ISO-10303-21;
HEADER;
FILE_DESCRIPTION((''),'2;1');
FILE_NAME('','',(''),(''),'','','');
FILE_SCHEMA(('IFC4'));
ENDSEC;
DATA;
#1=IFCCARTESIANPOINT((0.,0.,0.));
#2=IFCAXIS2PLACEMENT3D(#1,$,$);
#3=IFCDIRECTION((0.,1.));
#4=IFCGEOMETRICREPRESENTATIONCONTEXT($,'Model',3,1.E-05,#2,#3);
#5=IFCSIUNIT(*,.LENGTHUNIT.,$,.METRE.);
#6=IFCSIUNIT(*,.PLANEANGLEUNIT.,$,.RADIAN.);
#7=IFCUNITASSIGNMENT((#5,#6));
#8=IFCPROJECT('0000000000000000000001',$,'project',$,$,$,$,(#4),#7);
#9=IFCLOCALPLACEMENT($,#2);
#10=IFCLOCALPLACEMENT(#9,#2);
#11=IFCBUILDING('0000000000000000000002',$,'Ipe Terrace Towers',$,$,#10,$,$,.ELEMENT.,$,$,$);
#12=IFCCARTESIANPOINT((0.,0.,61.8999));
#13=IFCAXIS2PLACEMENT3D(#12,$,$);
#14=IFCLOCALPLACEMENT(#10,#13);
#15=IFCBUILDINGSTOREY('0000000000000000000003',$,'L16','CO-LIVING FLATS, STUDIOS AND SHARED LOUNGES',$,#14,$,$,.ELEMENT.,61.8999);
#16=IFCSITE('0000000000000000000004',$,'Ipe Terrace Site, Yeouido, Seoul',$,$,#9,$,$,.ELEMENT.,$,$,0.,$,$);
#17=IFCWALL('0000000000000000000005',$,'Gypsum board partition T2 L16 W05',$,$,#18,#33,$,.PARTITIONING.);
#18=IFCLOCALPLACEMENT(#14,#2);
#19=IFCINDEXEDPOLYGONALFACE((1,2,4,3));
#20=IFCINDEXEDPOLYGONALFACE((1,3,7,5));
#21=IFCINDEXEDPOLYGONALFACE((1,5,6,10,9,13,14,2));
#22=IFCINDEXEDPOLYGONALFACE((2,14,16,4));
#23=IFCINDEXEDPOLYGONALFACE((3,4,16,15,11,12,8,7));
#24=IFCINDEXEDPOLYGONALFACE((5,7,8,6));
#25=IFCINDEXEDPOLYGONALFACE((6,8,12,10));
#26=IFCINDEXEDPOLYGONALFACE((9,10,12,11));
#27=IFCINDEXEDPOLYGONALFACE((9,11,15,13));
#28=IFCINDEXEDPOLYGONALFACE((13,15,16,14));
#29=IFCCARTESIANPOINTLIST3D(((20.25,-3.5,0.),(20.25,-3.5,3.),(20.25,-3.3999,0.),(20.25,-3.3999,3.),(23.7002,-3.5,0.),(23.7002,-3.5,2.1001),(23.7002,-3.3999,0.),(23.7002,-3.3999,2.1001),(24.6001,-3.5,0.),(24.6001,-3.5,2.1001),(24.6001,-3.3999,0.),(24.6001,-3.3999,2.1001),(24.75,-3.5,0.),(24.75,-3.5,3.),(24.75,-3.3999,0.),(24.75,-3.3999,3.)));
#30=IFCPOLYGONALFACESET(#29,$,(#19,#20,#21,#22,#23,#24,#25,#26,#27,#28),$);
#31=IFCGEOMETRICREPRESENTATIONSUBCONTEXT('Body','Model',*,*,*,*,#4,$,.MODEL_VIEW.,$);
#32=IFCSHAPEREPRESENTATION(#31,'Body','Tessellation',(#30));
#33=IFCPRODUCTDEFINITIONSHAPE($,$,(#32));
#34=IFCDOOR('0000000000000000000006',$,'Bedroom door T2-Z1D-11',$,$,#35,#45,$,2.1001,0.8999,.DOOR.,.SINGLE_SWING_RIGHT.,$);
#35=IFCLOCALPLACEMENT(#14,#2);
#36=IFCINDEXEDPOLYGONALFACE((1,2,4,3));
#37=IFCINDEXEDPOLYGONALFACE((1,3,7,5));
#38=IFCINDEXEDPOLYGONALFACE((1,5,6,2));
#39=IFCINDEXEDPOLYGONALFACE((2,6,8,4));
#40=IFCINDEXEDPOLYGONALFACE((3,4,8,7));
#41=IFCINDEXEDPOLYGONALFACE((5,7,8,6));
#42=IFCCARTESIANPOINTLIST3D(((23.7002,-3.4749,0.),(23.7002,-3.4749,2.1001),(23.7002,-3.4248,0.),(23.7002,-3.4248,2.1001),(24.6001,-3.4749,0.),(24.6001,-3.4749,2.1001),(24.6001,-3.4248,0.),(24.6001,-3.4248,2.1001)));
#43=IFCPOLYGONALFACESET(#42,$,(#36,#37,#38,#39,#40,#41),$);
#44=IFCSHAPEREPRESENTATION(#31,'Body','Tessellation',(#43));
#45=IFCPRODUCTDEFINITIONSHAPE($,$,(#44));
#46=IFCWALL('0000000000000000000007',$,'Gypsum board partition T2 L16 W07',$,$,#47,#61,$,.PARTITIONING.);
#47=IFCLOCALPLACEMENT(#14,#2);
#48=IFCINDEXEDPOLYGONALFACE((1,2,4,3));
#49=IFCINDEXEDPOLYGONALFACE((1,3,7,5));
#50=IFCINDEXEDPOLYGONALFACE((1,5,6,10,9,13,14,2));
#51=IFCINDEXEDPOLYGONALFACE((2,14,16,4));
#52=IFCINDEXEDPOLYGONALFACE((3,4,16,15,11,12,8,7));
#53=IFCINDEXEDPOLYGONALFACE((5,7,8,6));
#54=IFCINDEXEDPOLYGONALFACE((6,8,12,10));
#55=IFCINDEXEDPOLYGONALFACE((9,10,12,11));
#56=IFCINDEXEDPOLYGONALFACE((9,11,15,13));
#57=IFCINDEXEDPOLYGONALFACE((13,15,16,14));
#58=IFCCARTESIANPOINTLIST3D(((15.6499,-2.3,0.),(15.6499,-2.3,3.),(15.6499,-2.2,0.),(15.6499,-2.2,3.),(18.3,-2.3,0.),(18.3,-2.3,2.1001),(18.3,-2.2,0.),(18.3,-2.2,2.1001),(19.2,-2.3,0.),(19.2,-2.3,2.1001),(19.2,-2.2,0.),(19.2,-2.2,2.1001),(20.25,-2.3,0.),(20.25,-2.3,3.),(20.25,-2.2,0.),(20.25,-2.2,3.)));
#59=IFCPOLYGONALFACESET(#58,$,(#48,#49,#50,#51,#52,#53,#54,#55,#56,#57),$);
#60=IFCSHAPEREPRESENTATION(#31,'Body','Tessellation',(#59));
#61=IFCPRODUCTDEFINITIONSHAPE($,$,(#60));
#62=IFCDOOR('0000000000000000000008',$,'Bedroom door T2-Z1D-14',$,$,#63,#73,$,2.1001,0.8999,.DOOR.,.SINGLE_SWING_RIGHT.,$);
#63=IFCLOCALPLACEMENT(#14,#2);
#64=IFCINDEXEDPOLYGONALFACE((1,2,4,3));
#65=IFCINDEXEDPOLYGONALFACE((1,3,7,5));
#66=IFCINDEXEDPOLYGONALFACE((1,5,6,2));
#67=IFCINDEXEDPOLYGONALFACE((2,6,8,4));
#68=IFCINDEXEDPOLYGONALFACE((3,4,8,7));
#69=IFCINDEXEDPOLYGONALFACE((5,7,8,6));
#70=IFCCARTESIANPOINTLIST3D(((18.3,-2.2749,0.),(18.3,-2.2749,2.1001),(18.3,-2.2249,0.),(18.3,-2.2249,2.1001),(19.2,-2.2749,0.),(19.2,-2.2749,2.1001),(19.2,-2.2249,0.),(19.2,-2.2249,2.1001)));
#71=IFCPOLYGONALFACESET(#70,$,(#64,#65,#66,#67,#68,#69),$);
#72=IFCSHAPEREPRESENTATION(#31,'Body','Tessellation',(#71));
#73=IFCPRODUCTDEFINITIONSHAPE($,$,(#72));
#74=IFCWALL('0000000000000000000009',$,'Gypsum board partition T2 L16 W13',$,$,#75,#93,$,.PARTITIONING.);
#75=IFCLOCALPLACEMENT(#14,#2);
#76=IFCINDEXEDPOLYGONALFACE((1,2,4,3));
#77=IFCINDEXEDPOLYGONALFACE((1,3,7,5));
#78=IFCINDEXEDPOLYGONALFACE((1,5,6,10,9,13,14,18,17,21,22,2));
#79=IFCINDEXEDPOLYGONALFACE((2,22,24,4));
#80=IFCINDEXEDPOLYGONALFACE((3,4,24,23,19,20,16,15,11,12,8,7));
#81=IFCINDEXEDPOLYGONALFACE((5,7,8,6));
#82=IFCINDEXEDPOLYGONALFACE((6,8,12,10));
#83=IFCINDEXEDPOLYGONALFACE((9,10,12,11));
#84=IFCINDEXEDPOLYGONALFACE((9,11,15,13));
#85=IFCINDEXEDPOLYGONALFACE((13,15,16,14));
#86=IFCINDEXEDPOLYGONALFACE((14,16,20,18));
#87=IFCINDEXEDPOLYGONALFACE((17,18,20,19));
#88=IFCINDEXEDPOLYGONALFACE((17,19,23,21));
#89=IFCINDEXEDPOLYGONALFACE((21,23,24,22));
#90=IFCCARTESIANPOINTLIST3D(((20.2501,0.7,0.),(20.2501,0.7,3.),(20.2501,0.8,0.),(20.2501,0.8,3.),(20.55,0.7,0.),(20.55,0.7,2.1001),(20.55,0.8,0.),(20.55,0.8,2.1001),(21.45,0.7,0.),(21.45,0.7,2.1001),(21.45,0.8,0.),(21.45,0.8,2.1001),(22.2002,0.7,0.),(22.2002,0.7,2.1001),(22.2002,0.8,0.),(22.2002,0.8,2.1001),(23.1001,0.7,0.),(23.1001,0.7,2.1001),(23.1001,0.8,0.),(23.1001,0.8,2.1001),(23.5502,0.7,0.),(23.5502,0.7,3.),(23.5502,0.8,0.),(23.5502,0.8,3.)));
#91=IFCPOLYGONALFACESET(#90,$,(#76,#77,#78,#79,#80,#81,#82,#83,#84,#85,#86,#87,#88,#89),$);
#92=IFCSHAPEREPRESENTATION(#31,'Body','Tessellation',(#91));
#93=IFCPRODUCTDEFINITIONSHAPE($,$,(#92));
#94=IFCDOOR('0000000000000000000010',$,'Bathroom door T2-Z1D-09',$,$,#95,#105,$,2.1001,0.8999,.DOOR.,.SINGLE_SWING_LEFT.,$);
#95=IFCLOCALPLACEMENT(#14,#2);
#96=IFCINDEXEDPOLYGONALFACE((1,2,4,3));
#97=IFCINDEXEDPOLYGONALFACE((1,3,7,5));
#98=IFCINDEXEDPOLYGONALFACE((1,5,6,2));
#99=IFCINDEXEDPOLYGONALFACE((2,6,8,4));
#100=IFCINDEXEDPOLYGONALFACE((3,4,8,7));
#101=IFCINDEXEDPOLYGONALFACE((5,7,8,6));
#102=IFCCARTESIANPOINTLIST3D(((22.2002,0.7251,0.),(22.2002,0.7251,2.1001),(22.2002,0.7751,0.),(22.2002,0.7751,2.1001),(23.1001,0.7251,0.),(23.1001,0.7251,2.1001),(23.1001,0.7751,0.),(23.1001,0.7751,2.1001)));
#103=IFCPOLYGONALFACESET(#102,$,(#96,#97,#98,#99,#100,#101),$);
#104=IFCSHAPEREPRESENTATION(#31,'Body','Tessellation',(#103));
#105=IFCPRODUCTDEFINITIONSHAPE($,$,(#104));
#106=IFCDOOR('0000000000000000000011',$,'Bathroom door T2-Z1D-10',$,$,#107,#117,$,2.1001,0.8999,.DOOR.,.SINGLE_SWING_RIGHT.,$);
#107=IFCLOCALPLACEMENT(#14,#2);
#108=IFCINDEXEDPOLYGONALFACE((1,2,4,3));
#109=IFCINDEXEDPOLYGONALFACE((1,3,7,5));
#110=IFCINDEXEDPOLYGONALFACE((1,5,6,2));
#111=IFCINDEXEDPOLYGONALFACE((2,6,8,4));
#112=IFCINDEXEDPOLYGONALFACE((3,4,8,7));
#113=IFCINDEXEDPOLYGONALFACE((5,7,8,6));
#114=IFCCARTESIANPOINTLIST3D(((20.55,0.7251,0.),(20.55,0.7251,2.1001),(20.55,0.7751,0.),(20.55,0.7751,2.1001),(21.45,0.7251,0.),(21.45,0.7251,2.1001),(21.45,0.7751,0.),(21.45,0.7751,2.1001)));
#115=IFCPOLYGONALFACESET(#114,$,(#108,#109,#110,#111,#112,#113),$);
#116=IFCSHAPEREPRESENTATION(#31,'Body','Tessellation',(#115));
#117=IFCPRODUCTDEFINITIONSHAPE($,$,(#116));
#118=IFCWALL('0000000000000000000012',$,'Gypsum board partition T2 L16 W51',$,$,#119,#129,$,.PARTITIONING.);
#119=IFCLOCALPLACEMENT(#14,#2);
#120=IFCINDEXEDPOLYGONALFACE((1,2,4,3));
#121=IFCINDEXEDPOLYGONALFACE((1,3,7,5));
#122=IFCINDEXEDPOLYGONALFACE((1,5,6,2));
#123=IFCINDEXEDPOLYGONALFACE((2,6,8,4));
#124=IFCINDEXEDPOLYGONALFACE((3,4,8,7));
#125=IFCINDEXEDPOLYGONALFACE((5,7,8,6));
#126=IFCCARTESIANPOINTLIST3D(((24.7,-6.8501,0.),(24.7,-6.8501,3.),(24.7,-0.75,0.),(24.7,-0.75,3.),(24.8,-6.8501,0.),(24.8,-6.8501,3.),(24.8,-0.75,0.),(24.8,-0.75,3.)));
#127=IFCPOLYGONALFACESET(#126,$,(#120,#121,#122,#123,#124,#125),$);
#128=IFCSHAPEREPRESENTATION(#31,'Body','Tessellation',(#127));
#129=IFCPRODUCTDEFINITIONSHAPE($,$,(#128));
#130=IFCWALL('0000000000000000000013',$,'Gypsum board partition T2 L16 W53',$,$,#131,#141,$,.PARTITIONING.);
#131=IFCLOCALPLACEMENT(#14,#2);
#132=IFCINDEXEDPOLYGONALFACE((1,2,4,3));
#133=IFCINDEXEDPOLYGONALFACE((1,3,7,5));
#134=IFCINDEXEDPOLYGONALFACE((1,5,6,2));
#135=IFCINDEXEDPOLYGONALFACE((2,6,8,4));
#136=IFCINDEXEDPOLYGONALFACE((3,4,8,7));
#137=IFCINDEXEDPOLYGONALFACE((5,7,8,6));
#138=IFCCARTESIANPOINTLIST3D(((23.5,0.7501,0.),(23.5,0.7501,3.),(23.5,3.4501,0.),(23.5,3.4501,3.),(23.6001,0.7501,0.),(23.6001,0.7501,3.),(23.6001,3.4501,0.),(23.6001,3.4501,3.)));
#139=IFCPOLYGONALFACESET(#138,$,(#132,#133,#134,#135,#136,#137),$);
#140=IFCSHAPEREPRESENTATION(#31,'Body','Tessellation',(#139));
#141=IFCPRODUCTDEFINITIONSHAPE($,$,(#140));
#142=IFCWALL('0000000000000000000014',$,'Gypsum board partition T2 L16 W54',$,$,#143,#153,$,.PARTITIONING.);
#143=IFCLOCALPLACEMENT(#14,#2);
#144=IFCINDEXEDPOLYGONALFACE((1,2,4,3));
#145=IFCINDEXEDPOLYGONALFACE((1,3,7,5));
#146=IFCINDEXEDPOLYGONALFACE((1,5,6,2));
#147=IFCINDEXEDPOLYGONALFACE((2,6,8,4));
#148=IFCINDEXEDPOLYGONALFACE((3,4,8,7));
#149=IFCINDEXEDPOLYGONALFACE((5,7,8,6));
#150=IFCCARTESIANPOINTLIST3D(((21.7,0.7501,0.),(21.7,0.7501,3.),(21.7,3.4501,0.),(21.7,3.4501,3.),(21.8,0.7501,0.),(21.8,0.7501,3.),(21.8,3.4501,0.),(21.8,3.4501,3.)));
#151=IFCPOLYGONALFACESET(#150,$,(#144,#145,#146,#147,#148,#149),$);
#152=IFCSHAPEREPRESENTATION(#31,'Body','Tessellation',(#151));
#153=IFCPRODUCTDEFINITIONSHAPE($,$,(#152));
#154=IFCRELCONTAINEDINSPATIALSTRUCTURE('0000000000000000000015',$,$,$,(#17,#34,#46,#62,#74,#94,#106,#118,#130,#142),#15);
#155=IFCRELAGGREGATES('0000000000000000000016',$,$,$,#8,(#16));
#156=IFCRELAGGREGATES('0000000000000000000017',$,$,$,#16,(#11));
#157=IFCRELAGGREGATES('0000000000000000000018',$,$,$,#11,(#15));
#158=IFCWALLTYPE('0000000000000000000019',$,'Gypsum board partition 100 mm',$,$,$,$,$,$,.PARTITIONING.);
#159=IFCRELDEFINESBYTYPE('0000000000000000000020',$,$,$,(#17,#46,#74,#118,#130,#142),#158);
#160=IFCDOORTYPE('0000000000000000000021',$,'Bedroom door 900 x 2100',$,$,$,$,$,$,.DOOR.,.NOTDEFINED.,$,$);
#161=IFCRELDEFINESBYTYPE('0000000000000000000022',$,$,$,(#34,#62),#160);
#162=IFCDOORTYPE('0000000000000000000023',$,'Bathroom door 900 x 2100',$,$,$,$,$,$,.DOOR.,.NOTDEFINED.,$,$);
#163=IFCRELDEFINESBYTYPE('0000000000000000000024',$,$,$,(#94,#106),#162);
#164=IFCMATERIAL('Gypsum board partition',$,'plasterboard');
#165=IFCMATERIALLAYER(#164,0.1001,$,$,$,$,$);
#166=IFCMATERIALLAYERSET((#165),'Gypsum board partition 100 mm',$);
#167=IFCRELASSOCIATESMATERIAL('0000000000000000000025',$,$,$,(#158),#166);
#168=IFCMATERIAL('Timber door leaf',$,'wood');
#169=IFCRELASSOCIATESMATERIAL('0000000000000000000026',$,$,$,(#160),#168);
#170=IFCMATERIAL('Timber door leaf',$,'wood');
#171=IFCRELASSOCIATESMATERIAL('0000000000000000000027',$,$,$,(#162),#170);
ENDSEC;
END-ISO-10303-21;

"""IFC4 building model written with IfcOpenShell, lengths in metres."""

from ifc_helpers import new_model, si_unit, direction, frame, frame_2d, origin, place, context, subcontext, project, spatial, rectangle, extrude, material, layer, layer_set, type_object, element, fill, save


model = new_model("IFC4")

# Units and contexts
model_context = context("Model", 3, precision=1e-05, world=origin(), true_north=direction((0.0, 1.0)))
body_context = subcontext(model_context, "Body", "Model", "MODEL_VIEW")
ifc_project = project(units=[si_unit("LENGTHUNIT", "METRE"), si_unit("PLANEANGLEUNIT", "RADIAN")], contexts=[model_context])

# Site, building, storey
site_placement = place(None, origin())
site = spatial("IfcSite", under=ifc_project, at=site_placement, Name="Ipe Terrace Site, Yeouido, Seoul", CompositionType="ELEMENT", RefElevation=0.0)
building_placement = place(site_placement, origin())
building = spatial("IfcBuilding", under=site, at=building_placement, Name="Ipe Terrace Towers", CompositionType="ELEMENT")
storey_placement = place(building_placement, frame((0.0, 0.0, 61.8999)))
storey = spatial("IfcBuildingStorey", under=building, at=storey_placement, Name="L16", Description="CO-LIVING FLATS, STUDIOS AND SHARED LOUNGES", CompositionType="ELEMENT", Elevation=61.8999)

# Walls, openings, doors
ifc_material_1 = material(Name="Gypsum board partition", Category="plasterboard")
ifc_layer_1 = layer(ifc_material_1, 0.1001)
ifc_layer_set_1 = layer_set([ifc_layer_1], Name="Gypsum board partition 100 mm")
wall_type_1 = type_object("IfcWallType", Name="Gypsum board partition 100 mm", PredefinedType="PARTITIONING", material=ifc_layer_set_1)
wall_1_placement = place(storey_placement, frame((24.75, -3.45, 0.0), z_axis=(0.0, 0.0, 1.0), x_axis=(-1.0, 0.0, 0.0)))
wall_1 = element("IfcWall", 1, at=wall_1_placement, inside=storey, type_object=wall_type_1, Name="Gypsum board partition T2 L16 W05", PredefinedType="PARTITIONING", context=body_context, shape_type="SweptSolid", body=[
    extrude(rectangle(XDim=4.5, YDim=0.1001, at=frame_2d((2.25, 0.0))), origin(), (0.0, 0.0, 1.0), 3.0),
])
opening_1_placement = place(wall_1_placement, frame((0.1499, 0.0, 0.0)))
opening_1 = element("IfcOpeningElement", 2, at=opening_1_placement, cuts=wall_1, PredefinedType="OPENING", context=body_context, shape_type="SweptSolid", body=[
    extrude(rectangle(XDim=0.8999, YDim=2.1001, at=frame_2d((0.45, 1.05))), frame((0.0, 0.0601, 0.0), z_axis=(0.0, -1.0, 0.0), x_axis=(1.0, 0.0, 0.0)), (0.0, 0.0, 1.0), 0.1201),
])
ifc_material_2 = material(Name="Timber door leaf", Category="wood")
door_type_1 = type_object("IfcDoorType", Name="Bedroom door 900 x 2100", OperationType="NOTDEFINED", PredefinedType="DOOR", material=ifc_material_2)
door_1_placement = place(opening_1_placement, origin())
door_1 = element("IfcDoor", 3, at=door_1_placement, inside=storey, type_object=door_type_1, Name="Bedroom door T2-Z1D-11", OperationType="SINGLE_SWING_RIGHT", OverallHeight=2.1001, OverallWidth=0.8999, PredefinedType="DOOR", context=body_context, shape_type="SweptSolid", body=[
    extrude(rectangle(XDim=0.8999, YDim=2.1001, at=frame_2d((0.45, 1.05))), frame((0.0, 0.0249, 0.0), z_axis=(0.0, -1.0, 0.0), x_axis=(1.0, 0.0, 0.0)), (0.0, 0.0, 1.0), 0.05),
])
fill(opening_1, door_1)
wall_2_placement = place(storey_placement, frame((20.25, -2.25, 0.0), z_axis=(0.0, 0.0, 1.0), x_axis=(-1.0, 0.0, 0.0)))
wall_2 = element("IfcWall", 4, at=wall_2_placement, inside=storey, type_object=wall_type_1, Name="Gypsum board partition T2 L16 W07", PredefinedType="PARTITIONING", context=body_context, shape_type="SweptSolid", body=[
    extrude(rectangle(XDim=4.6001, YDim=0.1001, at=frame_2d((2.3, 0.0))), origin(), (0.0, 0.0, 1.0), 3.0),
])
opening_2_placement = place(wall_2_placement, frame((1.05, 0.0, 0.0)))
opening_2 = element("IfcOpeningElement", 5, at=opening_2_placement, cuts=wall_2, PredefinedType="OPENING", context=body_context, shape_type="SweptSolid", body=[
    extrude(rectangle(XDim=0.8999, YDim=2.1001, at=frame_2d((0.45, 1.05))), frame((0.0, 0.0601, 0.0), z_axis=(0.0, -1.0, 0.0), x_axis=(1.0, 0.0, 0.0)), (0.0, 0.0, 1.0), 0.1201),
])
door_2_placement = place(opening_2_placement, origin())
door_2 = element("IfcDoor", 6, at=door_2_placement, inside=storey, type_object=door_type_1, Name="Bedroom door T2-Z1D-14", OperationType="SINGLE_SWING_RIGHT", OverallHeight=2.1001, OverallWidth=0.8999, PredefinedType="DOOR", context=body_context, shape_type="SweptSolid", body=[
    extrude(rectangle(XDim=0.8999, YDim=2.1001, at=frame_2d((0.45, 1.05))), frame((0.0, 0.0249, 0.0), z_axis=(0.0, -1.0, 0.0), x_axis=(1.0, 0.0, 0.0)), (0.0, 0.0, 1.0), 0.05),
])
fill(opening_2, door_2)

# Wall, openings, doors
wall_3_placement = place(storey_placement, frame((23.55, 0.75, 0.0), z_axis=(0.0, 0.0, 1.0), x_axis=(-1.0, 0.0, 0.0)))
wall_3 = element("IfcWall", 7, at=wall_3_placement, inside=storey, type_object=wall_type_1, Name="Gypsum board partition T2 L16 W13", PredefinedType="PARTITIONING", context=body_context, shape_type="SweptSolid", body=[
    extrude(rectangle(XDim=3.3, YDim=0.1001, at=frame_2d((1.6499, 0.0))), origin(), (0.0, 0.0, 1.0), 3.0),
])
opening_3_placement = place(wall_3_placement, frame((0.45, 0.0, 0.0)))
opening_3 = element("IfcOpeningElement", 8, at=opening_3_placement, cuts=wall_3, PredefinedType="OPENING", context=body_context, shape_type="SweptSolid", body=[
    extrude(rectangle(XDim=0.8999, YDim=2.1001, at=frame_2d((0.45, 1.05))), frame((0.0, 0.0601, 0.0), z_axis=(0.0, -1.0, 0.0), x_axis=(1.0, 0.0, 0.0)), (0.0, 0.0, 1.0), 0.1201),
])
opening_4_placement = place(wall_3_placement, frame((2.1001, 0.0, 0.0)))
opening_4 = element("IfcOpeningElement", 9, at=opening_4_placement, cuts=wall_3, PredefinedType="OPENING", context=body_context, shape_type="SweptSolid", body=[
    extrude(rectangle(XDim=0.8999, YDim=2.1001, at=frame_2d((0.45, 1.05))), frame((0.0, 0.0601, 0.0), z_axis=(0.0, -1.0, 0.0), x_axis=(1.0, 0.0, 0.0)), (0.0, 0.0, 1.0), 0.1201),
])
ifc_material_3 = material(Name="Timber door leaf", Category="wood")
door_type_2 = type_object("IfcDoorType", Name="Bathroom door 900 x 2100", OperationType="NOTDEFINED", PredefinedType="DOOR", material=ifc_material_3)
door_3_placement = place(opening_3_placement, origin())
door_3 = element("IfcDoor", 10, at=door_3_placement, inside=storey, type_object=door_type_2, Name="Bathroom door T2-Z1D-09", OperationType="SINGLE_SWING_LEFT", OverallHeight=2.1001, OverallWidth=0.8999, PredefinedType="DOOR", context=body_context, shape_type="SweptSolid", body=[
    extrude(rectangle(XDim=0.8999, YDim=2.1001, at=frame_2d((0.45, 1.05))), frame((0.0, 0.0249, 0.0), z_axis=(0.0, -1.0, 0.0), x_axis=(1.0, 0.0, 0.0)), (0.0, 0.0, 1.0), 0.05),
])
fill(opening_3, door_3)
door_4_placement = place(opening_4_placement, origin())
door_4 = element("IfcDoor", 11, at=door_4_placement, inside=storey, type_object=door_type_2, Name="Bathroom door T2-Z1D-10", OperationType="SINGLE_SWING_RIGHT", OverallHeight=2.1001, OverallWidth=0.8999, PredefinedType="DOOR", context=body_context, shape_type="SweptSolid", body=[
    extrude(rectangle(XDim=0.8999, YDim=2.1001, at=frame_2d((0.45, 1.05))), frame((0.0, 0.0249, 0.0), z_axis=(0.0, -1.0, 0.0), x_axis=(1.0, 0.0, 0.0)), (0.0, 0.0, 1.0), 0.05),
])
fill(opening_4, door_4)

# Walls
wall_4_placement = place(storey_placement, frame((24.75, -6.8501, 0.0), z_axis=(0.0, 0.0, 1.0), x_axis=(0.0, 1.0, 0.0)))
element("IfcWall", 12, at=wall_4_placement, inside=storey, type_object=wall_type_1, Name="Gypsum board partition T2 L16 W51", PredefinedType="PARTITIONING", context=body_context, shape_type="SweptSolid", body=[
    extrude(rectangle(XDim=6.1001, YDim=0.1001, at=frame_2d((3.05, 0.0))), origin(), (0.0, 0.0, 1.0), 3.0),
])
for number, where, z_axis, x_axis, name in (
    (13, (23.55, 0.75, 0.0), (0.0, 0.0, 1.0), (0.0, 1.0, 0.0), "Gypsum board partition T2 L16 W53"),
    (14, (21.75, 0.75, 0.0), (0.0, 0.0, 1.0), (0.0, 1.0, 0.0), "Gypsum board partition T2 L16 W54"),
):
    element("IfcWall", number, at=place(storey_placement, frame(where, z_axis=z_axis, x_axis=x_axis)), inside=storey, type_object=wall_type_1, Name=name, PredefinedType="PARTITIONING", context=body_context, shape_type="SweptSolid", body=[
        extrude(rectangle(XDim=2.7, YDim=0.1001, at=frame_2d((1.3501, 0.0))), origin(), (0.0, 0.0, 1.0), 3.0),
    ])

save(model, "model.ifc")
